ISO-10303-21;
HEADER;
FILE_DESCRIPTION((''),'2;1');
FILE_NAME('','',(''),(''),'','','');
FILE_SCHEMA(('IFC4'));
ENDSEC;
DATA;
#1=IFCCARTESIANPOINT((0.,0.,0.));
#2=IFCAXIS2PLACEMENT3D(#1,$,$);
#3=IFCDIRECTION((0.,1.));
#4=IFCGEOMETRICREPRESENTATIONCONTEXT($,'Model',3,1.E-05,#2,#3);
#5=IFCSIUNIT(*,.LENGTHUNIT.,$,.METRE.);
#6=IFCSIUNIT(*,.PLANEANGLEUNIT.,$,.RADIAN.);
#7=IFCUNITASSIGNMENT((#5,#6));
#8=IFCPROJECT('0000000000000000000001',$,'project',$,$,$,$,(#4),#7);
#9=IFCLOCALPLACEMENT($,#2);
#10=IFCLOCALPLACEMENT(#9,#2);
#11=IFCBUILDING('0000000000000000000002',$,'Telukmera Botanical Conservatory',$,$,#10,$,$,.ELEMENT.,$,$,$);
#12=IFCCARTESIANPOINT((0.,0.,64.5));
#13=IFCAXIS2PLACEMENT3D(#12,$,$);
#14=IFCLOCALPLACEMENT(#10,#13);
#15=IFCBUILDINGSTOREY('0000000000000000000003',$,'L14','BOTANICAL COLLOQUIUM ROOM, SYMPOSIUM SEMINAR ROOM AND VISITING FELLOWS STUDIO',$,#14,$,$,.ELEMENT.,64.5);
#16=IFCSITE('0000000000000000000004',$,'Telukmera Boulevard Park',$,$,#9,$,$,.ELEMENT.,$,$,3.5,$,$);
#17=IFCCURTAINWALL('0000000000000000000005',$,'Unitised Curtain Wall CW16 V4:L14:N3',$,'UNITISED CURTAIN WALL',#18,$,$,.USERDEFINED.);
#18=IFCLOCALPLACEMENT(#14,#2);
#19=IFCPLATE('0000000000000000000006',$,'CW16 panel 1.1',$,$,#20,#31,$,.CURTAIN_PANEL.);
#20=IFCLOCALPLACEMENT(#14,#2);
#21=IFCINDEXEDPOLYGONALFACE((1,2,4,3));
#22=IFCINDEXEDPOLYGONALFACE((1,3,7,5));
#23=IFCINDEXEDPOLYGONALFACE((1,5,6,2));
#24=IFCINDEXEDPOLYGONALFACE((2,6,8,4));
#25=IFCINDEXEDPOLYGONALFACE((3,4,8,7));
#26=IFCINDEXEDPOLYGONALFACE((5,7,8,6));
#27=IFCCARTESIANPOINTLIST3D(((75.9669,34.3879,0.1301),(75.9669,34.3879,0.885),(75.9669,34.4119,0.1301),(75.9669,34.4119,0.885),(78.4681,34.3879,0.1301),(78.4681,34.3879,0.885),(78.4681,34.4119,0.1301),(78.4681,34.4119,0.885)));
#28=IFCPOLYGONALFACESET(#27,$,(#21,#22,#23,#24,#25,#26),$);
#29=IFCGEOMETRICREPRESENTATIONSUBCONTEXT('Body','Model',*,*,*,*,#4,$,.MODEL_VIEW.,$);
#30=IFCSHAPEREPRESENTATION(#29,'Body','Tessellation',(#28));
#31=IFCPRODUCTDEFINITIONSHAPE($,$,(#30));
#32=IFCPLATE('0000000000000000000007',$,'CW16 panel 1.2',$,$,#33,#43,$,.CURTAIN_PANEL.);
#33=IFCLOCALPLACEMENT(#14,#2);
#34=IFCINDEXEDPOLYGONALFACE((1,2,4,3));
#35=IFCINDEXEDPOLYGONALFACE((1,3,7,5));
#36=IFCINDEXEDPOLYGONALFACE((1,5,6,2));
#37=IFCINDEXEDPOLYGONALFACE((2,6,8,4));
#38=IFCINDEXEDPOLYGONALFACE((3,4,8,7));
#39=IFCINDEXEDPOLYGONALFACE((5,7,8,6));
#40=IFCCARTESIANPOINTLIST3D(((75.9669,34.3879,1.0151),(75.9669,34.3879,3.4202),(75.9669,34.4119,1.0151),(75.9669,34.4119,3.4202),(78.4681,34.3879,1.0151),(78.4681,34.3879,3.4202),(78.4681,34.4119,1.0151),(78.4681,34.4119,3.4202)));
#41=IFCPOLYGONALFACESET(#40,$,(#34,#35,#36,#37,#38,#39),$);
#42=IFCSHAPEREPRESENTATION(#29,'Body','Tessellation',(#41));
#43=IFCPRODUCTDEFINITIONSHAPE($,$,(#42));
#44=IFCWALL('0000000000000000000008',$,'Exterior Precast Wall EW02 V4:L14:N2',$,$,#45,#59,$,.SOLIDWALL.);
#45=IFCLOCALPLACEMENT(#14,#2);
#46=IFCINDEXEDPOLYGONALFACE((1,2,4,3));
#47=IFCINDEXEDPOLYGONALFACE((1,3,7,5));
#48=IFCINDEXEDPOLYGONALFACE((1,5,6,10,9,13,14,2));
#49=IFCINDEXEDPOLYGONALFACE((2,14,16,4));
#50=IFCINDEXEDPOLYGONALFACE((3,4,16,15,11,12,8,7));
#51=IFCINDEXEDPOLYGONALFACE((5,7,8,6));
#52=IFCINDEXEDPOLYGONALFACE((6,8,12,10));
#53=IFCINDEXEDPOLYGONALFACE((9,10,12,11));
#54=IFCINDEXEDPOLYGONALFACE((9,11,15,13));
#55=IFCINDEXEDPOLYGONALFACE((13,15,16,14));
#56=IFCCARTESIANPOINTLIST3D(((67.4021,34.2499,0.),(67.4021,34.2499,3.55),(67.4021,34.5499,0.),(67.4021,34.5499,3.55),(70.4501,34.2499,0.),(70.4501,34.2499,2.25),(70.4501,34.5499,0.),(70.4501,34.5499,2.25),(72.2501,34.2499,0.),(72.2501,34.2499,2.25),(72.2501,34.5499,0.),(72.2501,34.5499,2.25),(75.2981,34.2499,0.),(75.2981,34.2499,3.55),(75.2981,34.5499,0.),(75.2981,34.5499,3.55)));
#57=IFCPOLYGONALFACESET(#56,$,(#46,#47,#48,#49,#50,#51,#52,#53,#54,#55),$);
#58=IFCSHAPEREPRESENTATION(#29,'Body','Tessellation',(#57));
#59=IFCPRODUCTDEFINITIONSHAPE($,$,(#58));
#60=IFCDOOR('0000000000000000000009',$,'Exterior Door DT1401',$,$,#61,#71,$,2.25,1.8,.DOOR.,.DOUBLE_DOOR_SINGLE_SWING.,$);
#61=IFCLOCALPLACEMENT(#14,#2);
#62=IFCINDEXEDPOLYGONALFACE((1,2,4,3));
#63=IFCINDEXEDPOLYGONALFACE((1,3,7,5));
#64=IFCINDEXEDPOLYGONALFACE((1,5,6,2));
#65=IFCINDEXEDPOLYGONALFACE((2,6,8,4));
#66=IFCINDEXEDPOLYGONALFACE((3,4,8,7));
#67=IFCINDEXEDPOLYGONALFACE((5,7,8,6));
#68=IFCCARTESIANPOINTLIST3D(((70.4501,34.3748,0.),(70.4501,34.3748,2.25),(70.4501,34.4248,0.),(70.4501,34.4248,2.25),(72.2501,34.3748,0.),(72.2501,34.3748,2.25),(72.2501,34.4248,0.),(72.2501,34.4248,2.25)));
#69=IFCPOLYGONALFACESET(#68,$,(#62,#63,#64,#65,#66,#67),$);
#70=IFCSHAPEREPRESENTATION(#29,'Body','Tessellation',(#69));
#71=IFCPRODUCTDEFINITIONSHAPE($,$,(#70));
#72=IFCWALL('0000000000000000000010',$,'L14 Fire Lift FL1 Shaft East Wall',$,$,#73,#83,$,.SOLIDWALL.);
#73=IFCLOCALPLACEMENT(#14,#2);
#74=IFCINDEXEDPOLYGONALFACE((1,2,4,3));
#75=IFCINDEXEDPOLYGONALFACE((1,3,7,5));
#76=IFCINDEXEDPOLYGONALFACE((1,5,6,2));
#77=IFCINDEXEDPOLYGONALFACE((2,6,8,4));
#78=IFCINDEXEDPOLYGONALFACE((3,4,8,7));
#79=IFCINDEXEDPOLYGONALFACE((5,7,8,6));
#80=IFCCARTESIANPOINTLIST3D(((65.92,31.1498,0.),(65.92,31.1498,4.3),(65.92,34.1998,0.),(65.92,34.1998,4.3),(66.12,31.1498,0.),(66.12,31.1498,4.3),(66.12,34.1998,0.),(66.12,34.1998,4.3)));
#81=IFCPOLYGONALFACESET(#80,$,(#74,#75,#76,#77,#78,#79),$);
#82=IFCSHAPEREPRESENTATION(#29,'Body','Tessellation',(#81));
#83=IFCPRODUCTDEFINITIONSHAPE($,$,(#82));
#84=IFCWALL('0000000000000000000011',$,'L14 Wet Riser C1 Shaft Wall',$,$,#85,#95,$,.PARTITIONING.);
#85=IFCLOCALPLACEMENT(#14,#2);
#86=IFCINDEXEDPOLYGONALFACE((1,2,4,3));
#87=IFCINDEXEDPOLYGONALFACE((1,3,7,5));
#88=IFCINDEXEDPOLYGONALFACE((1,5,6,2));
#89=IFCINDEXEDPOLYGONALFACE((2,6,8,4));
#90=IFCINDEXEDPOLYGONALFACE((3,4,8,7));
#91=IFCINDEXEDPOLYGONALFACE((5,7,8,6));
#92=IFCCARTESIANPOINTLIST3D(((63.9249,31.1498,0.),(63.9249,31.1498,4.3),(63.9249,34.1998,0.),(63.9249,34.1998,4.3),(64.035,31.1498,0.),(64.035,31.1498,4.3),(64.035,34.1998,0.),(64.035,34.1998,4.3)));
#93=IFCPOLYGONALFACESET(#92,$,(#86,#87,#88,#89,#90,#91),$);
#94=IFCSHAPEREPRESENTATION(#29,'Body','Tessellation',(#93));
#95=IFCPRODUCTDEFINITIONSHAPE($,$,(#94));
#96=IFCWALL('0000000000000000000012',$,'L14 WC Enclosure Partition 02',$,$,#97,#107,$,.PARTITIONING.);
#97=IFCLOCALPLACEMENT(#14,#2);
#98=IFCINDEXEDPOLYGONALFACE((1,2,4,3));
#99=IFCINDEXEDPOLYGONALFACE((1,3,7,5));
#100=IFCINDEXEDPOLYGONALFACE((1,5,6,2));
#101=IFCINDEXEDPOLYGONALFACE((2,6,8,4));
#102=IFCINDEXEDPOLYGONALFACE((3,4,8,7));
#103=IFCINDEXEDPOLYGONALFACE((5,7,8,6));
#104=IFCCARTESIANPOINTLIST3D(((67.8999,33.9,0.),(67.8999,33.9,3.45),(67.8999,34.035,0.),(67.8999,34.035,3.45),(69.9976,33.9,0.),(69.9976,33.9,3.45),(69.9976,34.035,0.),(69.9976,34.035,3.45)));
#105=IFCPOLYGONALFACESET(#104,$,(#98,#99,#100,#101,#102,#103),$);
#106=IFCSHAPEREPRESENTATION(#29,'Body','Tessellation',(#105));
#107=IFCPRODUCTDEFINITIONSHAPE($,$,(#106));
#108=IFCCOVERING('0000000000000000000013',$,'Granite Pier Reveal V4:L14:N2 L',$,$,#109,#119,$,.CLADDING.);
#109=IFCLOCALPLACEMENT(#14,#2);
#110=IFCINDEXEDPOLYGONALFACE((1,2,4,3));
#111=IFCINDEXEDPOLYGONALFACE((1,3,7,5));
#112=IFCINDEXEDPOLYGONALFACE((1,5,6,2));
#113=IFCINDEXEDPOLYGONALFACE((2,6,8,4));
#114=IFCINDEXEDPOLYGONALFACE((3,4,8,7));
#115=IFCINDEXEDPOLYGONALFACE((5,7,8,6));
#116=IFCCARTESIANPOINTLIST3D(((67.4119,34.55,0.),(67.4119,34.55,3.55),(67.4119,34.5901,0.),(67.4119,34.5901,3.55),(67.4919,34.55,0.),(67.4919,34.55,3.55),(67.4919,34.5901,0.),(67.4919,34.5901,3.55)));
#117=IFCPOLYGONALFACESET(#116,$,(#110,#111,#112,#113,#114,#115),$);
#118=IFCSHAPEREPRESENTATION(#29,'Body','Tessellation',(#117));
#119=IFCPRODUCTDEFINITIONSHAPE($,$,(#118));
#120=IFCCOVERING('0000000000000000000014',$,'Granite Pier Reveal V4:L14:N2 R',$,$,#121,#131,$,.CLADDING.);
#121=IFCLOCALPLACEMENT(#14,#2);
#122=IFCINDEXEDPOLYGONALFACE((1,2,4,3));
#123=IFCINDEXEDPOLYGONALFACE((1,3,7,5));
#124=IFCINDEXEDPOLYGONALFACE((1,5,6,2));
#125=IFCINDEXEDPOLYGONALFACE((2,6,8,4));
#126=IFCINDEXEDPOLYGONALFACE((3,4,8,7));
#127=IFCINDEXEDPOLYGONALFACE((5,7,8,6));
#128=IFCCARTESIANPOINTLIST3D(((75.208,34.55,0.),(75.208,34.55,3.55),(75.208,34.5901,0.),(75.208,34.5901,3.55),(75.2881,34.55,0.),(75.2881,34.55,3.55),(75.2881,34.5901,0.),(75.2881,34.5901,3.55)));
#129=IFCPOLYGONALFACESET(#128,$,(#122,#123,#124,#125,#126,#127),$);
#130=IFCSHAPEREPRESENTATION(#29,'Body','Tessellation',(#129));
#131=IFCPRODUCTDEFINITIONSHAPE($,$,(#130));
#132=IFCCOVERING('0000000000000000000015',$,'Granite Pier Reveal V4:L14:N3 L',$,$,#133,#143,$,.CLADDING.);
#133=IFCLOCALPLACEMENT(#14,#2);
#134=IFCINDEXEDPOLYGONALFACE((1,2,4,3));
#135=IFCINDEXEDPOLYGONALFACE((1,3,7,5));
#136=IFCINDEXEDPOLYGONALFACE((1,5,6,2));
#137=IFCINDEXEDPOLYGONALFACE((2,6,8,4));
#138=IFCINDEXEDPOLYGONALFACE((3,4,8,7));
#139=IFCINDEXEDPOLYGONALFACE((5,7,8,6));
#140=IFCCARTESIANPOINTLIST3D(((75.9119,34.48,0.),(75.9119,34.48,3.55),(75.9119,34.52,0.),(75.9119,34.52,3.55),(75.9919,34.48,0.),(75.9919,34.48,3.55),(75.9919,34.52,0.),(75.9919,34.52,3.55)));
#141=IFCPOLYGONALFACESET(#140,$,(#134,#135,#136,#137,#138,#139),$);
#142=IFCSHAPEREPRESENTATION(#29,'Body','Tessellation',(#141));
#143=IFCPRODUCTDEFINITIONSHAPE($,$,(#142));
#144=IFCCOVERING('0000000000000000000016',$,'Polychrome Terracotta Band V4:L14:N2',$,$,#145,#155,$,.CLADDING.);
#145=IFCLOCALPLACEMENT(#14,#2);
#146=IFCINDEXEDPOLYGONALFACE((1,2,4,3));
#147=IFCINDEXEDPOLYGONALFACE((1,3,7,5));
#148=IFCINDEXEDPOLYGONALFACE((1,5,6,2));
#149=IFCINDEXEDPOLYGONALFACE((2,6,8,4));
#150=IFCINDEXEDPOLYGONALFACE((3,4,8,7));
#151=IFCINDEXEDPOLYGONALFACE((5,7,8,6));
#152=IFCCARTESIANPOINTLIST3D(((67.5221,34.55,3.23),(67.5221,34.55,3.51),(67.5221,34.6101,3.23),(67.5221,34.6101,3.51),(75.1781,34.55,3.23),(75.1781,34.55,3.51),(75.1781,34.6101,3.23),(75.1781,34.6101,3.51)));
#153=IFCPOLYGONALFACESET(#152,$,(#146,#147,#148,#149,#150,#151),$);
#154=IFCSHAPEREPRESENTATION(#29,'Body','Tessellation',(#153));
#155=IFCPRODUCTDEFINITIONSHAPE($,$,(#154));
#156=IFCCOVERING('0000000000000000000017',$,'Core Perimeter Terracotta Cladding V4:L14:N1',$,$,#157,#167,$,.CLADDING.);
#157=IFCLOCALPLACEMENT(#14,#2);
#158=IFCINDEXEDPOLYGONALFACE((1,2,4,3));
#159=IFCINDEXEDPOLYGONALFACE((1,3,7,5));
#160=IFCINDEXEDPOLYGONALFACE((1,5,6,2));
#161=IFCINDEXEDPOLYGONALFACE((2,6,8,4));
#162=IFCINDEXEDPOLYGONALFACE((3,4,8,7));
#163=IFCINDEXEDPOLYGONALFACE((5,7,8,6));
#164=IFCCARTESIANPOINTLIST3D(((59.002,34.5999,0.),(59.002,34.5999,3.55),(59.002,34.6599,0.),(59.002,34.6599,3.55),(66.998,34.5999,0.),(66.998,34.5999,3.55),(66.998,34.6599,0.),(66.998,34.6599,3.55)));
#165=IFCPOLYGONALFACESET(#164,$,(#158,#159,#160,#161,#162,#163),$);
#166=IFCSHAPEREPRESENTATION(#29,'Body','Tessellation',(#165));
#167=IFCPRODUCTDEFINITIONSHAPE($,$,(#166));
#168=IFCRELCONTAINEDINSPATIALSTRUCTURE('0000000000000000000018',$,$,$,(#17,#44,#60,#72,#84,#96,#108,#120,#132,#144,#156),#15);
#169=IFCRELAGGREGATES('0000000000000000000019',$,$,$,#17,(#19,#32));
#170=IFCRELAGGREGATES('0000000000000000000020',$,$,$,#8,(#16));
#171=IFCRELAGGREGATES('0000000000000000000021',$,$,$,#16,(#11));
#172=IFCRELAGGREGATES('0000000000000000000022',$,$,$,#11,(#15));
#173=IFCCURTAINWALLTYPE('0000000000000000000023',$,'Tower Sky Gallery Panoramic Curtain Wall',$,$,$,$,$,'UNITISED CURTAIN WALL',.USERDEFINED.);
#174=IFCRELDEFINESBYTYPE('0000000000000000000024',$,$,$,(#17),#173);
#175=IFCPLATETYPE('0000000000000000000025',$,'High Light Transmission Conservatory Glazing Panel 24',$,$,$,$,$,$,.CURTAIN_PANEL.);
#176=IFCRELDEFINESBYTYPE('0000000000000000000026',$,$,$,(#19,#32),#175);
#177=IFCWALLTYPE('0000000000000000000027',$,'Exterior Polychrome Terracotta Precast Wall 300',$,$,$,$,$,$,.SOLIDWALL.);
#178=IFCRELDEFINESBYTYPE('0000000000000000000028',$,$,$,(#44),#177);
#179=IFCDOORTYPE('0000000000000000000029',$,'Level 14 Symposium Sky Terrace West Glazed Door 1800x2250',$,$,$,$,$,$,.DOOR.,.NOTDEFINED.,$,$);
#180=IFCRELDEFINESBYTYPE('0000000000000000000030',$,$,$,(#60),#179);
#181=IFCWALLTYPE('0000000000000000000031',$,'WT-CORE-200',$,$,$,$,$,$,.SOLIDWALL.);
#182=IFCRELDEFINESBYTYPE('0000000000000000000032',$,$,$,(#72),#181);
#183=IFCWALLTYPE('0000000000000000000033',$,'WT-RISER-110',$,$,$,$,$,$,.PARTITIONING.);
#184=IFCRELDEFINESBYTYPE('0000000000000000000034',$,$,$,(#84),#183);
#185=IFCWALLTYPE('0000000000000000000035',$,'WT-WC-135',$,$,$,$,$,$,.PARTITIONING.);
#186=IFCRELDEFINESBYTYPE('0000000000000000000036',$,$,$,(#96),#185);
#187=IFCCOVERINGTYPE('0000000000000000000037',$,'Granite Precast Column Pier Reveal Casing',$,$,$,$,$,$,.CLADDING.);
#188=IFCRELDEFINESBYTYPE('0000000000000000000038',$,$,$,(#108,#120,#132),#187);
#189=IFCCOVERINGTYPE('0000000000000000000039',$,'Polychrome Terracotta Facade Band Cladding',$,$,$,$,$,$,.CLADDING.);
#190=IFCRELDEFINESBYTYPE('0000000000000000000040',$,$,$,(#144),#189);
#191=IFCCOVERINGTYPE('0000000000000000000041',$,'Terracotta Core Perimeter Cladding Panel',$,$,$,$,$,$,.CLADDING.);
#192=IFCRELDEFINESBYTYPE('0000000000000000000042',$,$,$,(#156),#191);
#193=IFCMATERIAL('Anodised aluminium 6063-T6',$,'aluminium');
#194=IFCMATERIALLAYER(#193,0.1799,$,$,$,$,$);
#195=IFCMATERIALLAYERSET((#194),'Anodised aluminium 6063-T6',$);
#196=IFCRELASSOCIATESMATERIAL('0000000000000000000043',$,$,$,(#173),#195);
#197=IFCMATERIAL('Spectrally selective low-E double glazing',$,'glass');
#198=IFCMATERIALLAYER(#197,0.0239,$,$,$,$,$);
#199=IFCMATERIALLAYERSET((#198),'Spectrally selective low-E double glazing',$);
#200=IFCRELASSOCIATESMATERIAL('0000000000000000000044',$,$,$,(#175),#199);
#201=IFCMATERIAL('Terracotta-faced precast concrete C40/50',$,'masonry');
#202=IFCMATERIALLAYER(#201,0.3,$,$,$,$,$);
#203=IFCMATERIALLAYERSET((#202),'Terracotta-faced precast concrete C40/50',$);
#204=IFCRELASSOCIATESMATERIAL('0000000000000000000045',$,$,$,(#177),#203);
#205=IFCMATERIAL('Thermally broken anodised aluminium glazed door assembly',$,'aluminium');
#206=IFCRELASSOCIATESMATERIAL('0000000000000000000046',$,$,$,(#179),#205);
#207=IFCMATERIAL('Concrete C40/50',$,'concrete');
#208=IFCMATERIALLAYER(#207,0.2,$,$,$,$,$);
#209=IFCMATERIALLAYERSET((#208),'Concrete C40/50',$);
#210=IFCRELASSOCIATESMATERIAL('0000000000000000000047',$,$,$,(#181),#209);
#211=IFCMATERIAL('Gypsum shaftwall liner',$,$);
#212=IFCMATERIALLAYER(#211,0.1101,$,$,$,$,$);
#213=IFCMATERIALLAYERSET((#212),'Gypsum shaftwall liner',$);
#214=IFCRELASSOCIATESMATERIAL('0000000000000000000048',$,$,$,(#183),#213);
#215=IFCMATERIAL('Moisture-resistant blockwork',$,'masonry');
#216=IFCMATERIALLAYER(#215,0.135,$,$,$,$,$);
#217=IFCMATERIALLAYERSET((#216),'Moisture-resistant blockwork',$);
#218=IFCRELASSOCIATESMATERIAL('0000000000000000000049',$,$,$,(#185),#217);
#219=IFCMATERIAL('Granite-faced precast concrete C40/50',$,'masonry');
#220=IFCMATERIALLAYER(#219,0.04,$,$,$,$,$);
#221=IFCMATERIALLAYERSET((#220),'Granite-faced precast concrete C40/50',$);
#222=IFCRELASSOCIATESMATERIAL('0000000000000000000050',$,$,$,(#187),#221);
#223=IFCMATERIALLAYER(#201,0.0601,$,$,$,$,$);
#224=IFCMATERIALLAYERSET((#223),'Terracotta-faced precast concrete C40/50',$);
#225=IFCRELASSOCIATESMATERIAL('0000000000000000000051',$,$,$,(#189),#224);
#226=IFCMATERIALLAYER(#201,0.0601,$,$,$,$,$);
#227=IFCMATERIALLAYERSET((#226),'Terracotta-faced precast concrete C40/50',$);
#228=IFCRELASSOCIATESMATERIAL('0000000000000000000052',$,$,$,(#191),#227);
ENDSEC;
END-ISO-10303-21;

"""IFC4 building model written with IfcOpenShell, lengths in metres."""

from ifc_helpers import new_model, si_unit, direction, frame, frame_2d, origin, origin_2d, place, context, subcontext, project, spatial, rectangle, extrude, material, layer, layer_set, type_object, element, fill, aggregate, save


model = new_model("IFC4")

# Units and contexts
model_context = context("Model", 3, precision=1e-05, world=origin(), true_north=direction((0.0, 1.0)))
body_context = subcontext(model_context, "Body", "Model", "MODEL_VIEW")
ifc_project = project(units=[si_unit("LENGTHUNIT", "METRE"), si_unit("PLANEANGLEUNIT", "RADIAN")], contexts=[model_context])

# Site, building, storey
site_placement = place(None, origin())
site = spatial("IfcSite", under=ifc_project, at=site_placement, Name="Telukmera Boulevard Park", CompositionType="ELEMENT", RefElevation=3.5)
building_placement = place(site_placement, origin())
building = spatial("IfcBuilding", under=site, at=building_placement, Name="Telukmera Botanical Conservatory", CompositionType="ELEMENT")
storey_placement = place(building_placement, frame((0.0, 0.0, 64.5)))
storey = spatial("IfcBuildingStorey", under=building, at=storey_placement, Name="L14", Description="BOTANICAL COLLOQUIUM ROOM, SYMPOSIUM SEMINAR ROOM AND VISITING FELLOWS STUDIO", CompositionType="ELEMENT", Elevation=64.5)

# Shared definitions
ifc_material_1 = material(Name="Concrete C40/50", Category="concrete")

# Curtain wall, plates
ifc_material_2 = material(Name="Anodised aluminium 6063-T6", Category="aluminium")
ifc_layer_1 = layer(ifc_material_2, 0.1799)
ifc_layer_set_1 = layer_set([ifc_layer_1], Name="Anodised aluminium 6063-T6")
curtain_wall_type = type_object("IfcCurtainWallType", Name="Tower Sky Gallery Panoramic Curtain Wall", ElementType="UNITISED CURTAIN WALL", PredefinedType="USERDEFINED", material=ifc_layer_set_1)
curtain_wall_placement = place(storey_placement, origin())
curtain_wall = element("IfcCurtainWall", 1, at=curtain_wall_placement, inside=storey, type_object=curtain_wall_type, Name="Unitised Curtain Wall CW16 V4:L14:N3", ObjectType="UNITISED CURTAIN WALL", PredefinedType="USERDEFINED")
ifc_material_3 = material(Name="Spectrally selective low-E double glazing", Category="glass")
ifc_layer_2 = layer(ifc_material_3, 0.0239)
ifc_layer_set_2 = layer_set([ifc_layer_2], Name="Spectrally selective low-E double glazing")
plate_type = type_object("IfcPlateType", Name="High Light Transmission Conservatory Glazing Panel 24", PredefinedType="CURTAIN_PANEL", material=ifc_layer_set_2)
plate_1_placement = place(storey_placement, frame((77.2175, 34.3999, 0.1301), z_axis=(0.0, 0.0, 1.0), x_axis=(1.0, 0.0, 0.0)))
plate_1 = element("IfcPlate", 2, at=plate_1_placement, type_object=plate_type, Name="CW16 panel 1.1", PredefinedType="CURTAIN_PANEL", context=body_context, shape_type="SweptSolid", body=[
    extrude(rectangle(XDim=2.5012, YDim=0.0239, at=origin_2d()), origin(), (0.0, 0.0, 1.0), 0.7549),
])
plate_2_placement = place(storey_placement, frame((77.2175, 34.3999, 1.0151), z_axis=(0.0, 0.0, 1.0), x_axis=(1.0, 0.0, 0.0)))
plate_2 = element("IfcPlate", 3, at=plate_2_placement, type_object=plate_type, Name="CW16 panel 1.2", PredefinedType="CURTAIN_PANEL", context=body_context, shape_type="SweptSolid", body=[
    extrude(rectangle(XDim=2.5012, YDim=0.0239, at=origin_2d()), origin(), (0.0, 0.0, 1.0), 2.405),
])
aggregate(curtain_wall, [plate_1, plate_2])

# Wall, opening, door
ifc_material_4 = material(Name="Terracotta-faced precast concrete C40/50", Category="masonry")
ifc_layer_3 = layer(ifc_material_4, 0.3)
ifc_layer_set_3 = layer_set([ifc_layer_3], Name="Terracotta-faced precast concrete C40/50")
wall_type_1 = type_object("IfcWallType", Name="Exterior Polychrome Terracotta Precast Wall 300", PredefinedType="SOLIDWALL", material=ifc_layer_set_3)
wall_1_placement = place(storey_placement, frame((67.4021, 34.3999, 0.0), z_axis=(0.0, 0.0, 1.0), x_axis=(1.0, 0.0, 0.0)))
wall_1 = element("IfcWall", 4, at=wall_1_placement, inside=storey, type_object=wall_type_1, Name="Exterior Precast Wall EW02 V4:L14:N2", PredefinedType="SOLIDWALL", context=body_context, shape_type="SweptSolid", body=[
    extrude(rectangle(XDim=7.896, YDim=0.3, at=frame_2d((3.948, 0.0))), origin(), (0.0, 0.0, 1.0), 3.55),
])
opening_placement = place(wall_1_placement, frame((3.0481, 0.0, 0.0)))
opening = element("IfcOpeningElement", 5, at=opening_placement, cuts=wall_1, PredefinedType="OPENING", context=body_context, shape_type="SweptSolid", body=[
    extrude(rectangle(XDim=1.8, YDim=2.25, at=frame_2d((0.8999, 1.125))), frame((0.0, 0.1599, 0.0), z_axis=(0.0, -1.0, 0.0), x_axis=(1.0, 0.0, 0.0)), (0.0, 0.0, 1.0), 0.3201),
])
ifc_material_5 = material(Name="Thermally broken anodised aluminium glazed door assembly", Category="aluminium")
door_type = type_object("IfcDoorType", Name="Level 14 Symposium Sky Terrace West Glazed Door 1800x2250", OperationType="NOTDEFINED", PredefinedType="DOOR", material=ifc_material_5)
door_placement = place(opening_placement, origin())
door = element("IfcDoor", 6, at=door_placement, inside=storey, type_object=door_type, Name="Exterior Door DT1401", OperationType="DOUBLE_DOOR_SINGLE_SWING", OverallHeight=2.25, OverallWidth=1.8, PredefinedType="DOOR", context=body_context, shape_type="SweptSolid", body=[
    extrude(rectangle(XDim=1.8, YDim=2.25, at=frame_2d((0.8999, 1.125))), frame((0.0, 0.0249, 0.0), z_axis=(0.0, -1.0, 0.0), x_axis=(1.0, 0.0, 0.0)), (0.0, 0.0, 1.0), 0.05),
])
fill(opening, door)

# Walls
ifc_layer_4 = layer(ifc_material_1, 0.2)
ifc_layer_set_4 = layer_set([ifc_layer_4], Name="Concrete C40/50")
wall_type_2 = type_object("IfcWallType", Name="WT-CORE-200", PredefinedType="SOLIDWALL", material=ifc_layer_set_4)
wall_2_placement = place(storey_placement, frame((66.02, 31.1499, 0.0), z_axis=(0.0, 0.0, 1.0), x_axis=(0.0, 1.0, 0.0)))
element("IfcWall", 7, at=wall_2_placement, inside=storey, type_object=wall_type_2, Name="L14 Fire Lift FL1 Shaft East Wall", PredefinedType="SOLIDWALL", context=body_context, shape_type="SweptSolid", body=[
    extrude(rectangle(XDim=3.05, YDim=0.2, at=frame_2d((1.5249, 0.0))), origin(), (0.0, 0.0, 1.0), 4.3),
])
ifc_material_6 = material(Name="Gypsum shaftwall liner")
ifc_layer_5 = layer(ifc_material_6, 0.1101)
ifc_layer_set_5 = layer_set([ifc_layer_5], Name="Gypsum shaftwall liner")
wall_type_3 = type_object("IfcWallType", Name="WT-RISER-110", PredefinedType="PARTITIONING", material=ifc_layer_set_5)
wall_3_placement = place(storey_placement, frame((63.98, 31.1499, 0.0), z_axis=(0.0, 0.0, 1.0), x_axis=(0.0, 1.0, 0.0)))
element("IfcWall", 8, at=wall_3_placement, inside=storey, type_object=wall_type_3, Name="L14 Wet Riser C1 Shaft Wall", PredefinedType="PARTITIONING", context=body_context, shape_type="SweptSolid", body=[
    extrude(rectangle(XDim=3.05, YDim=0.1101, at=frame_2d((1.5249, 0.0))), origin(), (0.0, 0.0, 1.0), 4.3),
])
ifc_material_7 = material(Name="Moisture-resistant blockwork", Category="masonry")
ifc_layer_6 = layer(ifc_material_7, 0.135)
ifc_layer_set_6 = layer_set([ifc_layer_6], Name="Moisture-resistant blockwork")
wall_type_4 = type_object("IfcWallType", Name="WT-WC-135", PredefinedType="PARTITIONING", material=ifc_layer_set_6)
wall_4_placement = place(storey_placement, frame((67.8999, 33.9675, 0.0), z_axis=(0.0, 0.0, 1.0), x_axis=(1.0, 0.0, 0.0)))
element("IfcWall", 9, at=wall_4_placement, inside=storey, type_object=wall_type_4, Name="L14 WC Enclosure Partition 02", PredefinedType="PARTITIONING", context=body_context, shape_type="SweptSolid", body=[
    extrude(rectangle(XDim=2.0977, YDim=0.135, at=frame_2d((1.0488, 0.0))), origin(), (0.0, 0.0, 1.0), 3.45),
])

# Coverings
ifc_material_8 = material(Name="Granite-faced precast concrete C40/50", Category="masonry")
ifc_layer_7 = layer(ifc_material_8, 0.04)
ifc_layer_set_7 = layer_set([ifc_layer_7], Name="Granite-faced precast concrete C40/50")
covering_type_1 = type_object("IfcCoveringType", Name="Granite Precast Column Pier Reveal Casing", PredefinedType="CLADDING", material=ifc_layer_set_7)
for number, where, z_axis, x_axis, name in (
    (10, (67.4519, 34.5701, 0.0), (0.0, 0.0, 1.0), (1.0, 0.0, 0.0), "Granite Pier Reveal V4:L14:N2 L"),
    (11, (75.248, 34.5701, 0.0), (0.0, 0.0, 1.0), (1.0, 0.0, 0.0), "Granite Pier Reveal V4:L14:N2 R"),
    (12, (75.9519, 34.5, 0.0), (0.0, 0.0, 1.0), (1.0, 0.0, 0.0), "Granite Pier Reveal V4:L14:N3 L"),
):
    element("IfcCovering", number, at=place(storey_placement, frame(where, z_axis=z_axis, x_axis=x_axis)), inside=storey, type_object=covering_type_1, Name=name, PredefinedType="CLADDING", context=body_context, shape_type="SweptSolid", body=[
        extrude(rectangle(XDim=0.0801, YDim=0.04, at=origin_2d()), origin(), (0.0, 0.0, 1.0), 3.55),
    ])
ifc_layer_8 = layer(ifc_material_4, 0.0601)
ifc_layer_set_8 = layer_set([ifc_layer_8], Name="Terracotta-faced precast concrete C40/50")
covering_type_2 = type_object("IfcCoveringType", Name="Polychrome Terracotta Facade Band Cladding", PredefinedType="CLADDING", material=ifc_layer_set_8)
covering_1_placement = place(storey_placement, frame((71.3501, 34.5801, 3.23), z_axis=(0.0, 0.0, 1.0), x_axis=(1.0, 0.0, 0.0)))
element("IfcCovering", 13, at=covering_1_placement, inside=storey, type_object=covering_type_2, Name="Polychrome Terracotta Band V4:L14:N2", PredefinedType="CLADDING", context=body_context, shape_type="SweptSolid", body=[
    extrude(rectangle(XDim=7.656, YDim=0.0601, at=origin_2d()), origin(), (0.0, 0.0, 1.0), 0.28),
])
ifc_layer_9 = layer(ifc_material_4, 0.0601)
ifc_layer_set_9 = layer_set([ifc_layer_9], Name="Terracotta-faced precast concrete C40/50")
covering_type_3 = type_object("IfcCoveringType", Name="Terracotta Core Perimeter Cladding Panel", PredefinedType="CLADDING", material=ifc_layer_set_9)
covering_2_placement = place(storey_placement, frame((63.0, 34.6299, 0.0), z_axis=(0.0, 0.0, 1.0), x_axis=(1.0, 0.0, 0.0)))
element("IfcCovering", 14, at=covering_2_placement, inside=storey, type_object=covering_type_3, Name="Core Perimeter Terracotta Cladding V4:L14:N1", PredefinedType="CLADDING", context=body_context, shape_type="SweptSolid", body=[
    extrude(rectangle(XDim=7.9961, YDim=0.0601, at=origin_2d()), origin(), (0.0, 0.0, 1.0), 3.55),
])

save(model, "model.ifc")
